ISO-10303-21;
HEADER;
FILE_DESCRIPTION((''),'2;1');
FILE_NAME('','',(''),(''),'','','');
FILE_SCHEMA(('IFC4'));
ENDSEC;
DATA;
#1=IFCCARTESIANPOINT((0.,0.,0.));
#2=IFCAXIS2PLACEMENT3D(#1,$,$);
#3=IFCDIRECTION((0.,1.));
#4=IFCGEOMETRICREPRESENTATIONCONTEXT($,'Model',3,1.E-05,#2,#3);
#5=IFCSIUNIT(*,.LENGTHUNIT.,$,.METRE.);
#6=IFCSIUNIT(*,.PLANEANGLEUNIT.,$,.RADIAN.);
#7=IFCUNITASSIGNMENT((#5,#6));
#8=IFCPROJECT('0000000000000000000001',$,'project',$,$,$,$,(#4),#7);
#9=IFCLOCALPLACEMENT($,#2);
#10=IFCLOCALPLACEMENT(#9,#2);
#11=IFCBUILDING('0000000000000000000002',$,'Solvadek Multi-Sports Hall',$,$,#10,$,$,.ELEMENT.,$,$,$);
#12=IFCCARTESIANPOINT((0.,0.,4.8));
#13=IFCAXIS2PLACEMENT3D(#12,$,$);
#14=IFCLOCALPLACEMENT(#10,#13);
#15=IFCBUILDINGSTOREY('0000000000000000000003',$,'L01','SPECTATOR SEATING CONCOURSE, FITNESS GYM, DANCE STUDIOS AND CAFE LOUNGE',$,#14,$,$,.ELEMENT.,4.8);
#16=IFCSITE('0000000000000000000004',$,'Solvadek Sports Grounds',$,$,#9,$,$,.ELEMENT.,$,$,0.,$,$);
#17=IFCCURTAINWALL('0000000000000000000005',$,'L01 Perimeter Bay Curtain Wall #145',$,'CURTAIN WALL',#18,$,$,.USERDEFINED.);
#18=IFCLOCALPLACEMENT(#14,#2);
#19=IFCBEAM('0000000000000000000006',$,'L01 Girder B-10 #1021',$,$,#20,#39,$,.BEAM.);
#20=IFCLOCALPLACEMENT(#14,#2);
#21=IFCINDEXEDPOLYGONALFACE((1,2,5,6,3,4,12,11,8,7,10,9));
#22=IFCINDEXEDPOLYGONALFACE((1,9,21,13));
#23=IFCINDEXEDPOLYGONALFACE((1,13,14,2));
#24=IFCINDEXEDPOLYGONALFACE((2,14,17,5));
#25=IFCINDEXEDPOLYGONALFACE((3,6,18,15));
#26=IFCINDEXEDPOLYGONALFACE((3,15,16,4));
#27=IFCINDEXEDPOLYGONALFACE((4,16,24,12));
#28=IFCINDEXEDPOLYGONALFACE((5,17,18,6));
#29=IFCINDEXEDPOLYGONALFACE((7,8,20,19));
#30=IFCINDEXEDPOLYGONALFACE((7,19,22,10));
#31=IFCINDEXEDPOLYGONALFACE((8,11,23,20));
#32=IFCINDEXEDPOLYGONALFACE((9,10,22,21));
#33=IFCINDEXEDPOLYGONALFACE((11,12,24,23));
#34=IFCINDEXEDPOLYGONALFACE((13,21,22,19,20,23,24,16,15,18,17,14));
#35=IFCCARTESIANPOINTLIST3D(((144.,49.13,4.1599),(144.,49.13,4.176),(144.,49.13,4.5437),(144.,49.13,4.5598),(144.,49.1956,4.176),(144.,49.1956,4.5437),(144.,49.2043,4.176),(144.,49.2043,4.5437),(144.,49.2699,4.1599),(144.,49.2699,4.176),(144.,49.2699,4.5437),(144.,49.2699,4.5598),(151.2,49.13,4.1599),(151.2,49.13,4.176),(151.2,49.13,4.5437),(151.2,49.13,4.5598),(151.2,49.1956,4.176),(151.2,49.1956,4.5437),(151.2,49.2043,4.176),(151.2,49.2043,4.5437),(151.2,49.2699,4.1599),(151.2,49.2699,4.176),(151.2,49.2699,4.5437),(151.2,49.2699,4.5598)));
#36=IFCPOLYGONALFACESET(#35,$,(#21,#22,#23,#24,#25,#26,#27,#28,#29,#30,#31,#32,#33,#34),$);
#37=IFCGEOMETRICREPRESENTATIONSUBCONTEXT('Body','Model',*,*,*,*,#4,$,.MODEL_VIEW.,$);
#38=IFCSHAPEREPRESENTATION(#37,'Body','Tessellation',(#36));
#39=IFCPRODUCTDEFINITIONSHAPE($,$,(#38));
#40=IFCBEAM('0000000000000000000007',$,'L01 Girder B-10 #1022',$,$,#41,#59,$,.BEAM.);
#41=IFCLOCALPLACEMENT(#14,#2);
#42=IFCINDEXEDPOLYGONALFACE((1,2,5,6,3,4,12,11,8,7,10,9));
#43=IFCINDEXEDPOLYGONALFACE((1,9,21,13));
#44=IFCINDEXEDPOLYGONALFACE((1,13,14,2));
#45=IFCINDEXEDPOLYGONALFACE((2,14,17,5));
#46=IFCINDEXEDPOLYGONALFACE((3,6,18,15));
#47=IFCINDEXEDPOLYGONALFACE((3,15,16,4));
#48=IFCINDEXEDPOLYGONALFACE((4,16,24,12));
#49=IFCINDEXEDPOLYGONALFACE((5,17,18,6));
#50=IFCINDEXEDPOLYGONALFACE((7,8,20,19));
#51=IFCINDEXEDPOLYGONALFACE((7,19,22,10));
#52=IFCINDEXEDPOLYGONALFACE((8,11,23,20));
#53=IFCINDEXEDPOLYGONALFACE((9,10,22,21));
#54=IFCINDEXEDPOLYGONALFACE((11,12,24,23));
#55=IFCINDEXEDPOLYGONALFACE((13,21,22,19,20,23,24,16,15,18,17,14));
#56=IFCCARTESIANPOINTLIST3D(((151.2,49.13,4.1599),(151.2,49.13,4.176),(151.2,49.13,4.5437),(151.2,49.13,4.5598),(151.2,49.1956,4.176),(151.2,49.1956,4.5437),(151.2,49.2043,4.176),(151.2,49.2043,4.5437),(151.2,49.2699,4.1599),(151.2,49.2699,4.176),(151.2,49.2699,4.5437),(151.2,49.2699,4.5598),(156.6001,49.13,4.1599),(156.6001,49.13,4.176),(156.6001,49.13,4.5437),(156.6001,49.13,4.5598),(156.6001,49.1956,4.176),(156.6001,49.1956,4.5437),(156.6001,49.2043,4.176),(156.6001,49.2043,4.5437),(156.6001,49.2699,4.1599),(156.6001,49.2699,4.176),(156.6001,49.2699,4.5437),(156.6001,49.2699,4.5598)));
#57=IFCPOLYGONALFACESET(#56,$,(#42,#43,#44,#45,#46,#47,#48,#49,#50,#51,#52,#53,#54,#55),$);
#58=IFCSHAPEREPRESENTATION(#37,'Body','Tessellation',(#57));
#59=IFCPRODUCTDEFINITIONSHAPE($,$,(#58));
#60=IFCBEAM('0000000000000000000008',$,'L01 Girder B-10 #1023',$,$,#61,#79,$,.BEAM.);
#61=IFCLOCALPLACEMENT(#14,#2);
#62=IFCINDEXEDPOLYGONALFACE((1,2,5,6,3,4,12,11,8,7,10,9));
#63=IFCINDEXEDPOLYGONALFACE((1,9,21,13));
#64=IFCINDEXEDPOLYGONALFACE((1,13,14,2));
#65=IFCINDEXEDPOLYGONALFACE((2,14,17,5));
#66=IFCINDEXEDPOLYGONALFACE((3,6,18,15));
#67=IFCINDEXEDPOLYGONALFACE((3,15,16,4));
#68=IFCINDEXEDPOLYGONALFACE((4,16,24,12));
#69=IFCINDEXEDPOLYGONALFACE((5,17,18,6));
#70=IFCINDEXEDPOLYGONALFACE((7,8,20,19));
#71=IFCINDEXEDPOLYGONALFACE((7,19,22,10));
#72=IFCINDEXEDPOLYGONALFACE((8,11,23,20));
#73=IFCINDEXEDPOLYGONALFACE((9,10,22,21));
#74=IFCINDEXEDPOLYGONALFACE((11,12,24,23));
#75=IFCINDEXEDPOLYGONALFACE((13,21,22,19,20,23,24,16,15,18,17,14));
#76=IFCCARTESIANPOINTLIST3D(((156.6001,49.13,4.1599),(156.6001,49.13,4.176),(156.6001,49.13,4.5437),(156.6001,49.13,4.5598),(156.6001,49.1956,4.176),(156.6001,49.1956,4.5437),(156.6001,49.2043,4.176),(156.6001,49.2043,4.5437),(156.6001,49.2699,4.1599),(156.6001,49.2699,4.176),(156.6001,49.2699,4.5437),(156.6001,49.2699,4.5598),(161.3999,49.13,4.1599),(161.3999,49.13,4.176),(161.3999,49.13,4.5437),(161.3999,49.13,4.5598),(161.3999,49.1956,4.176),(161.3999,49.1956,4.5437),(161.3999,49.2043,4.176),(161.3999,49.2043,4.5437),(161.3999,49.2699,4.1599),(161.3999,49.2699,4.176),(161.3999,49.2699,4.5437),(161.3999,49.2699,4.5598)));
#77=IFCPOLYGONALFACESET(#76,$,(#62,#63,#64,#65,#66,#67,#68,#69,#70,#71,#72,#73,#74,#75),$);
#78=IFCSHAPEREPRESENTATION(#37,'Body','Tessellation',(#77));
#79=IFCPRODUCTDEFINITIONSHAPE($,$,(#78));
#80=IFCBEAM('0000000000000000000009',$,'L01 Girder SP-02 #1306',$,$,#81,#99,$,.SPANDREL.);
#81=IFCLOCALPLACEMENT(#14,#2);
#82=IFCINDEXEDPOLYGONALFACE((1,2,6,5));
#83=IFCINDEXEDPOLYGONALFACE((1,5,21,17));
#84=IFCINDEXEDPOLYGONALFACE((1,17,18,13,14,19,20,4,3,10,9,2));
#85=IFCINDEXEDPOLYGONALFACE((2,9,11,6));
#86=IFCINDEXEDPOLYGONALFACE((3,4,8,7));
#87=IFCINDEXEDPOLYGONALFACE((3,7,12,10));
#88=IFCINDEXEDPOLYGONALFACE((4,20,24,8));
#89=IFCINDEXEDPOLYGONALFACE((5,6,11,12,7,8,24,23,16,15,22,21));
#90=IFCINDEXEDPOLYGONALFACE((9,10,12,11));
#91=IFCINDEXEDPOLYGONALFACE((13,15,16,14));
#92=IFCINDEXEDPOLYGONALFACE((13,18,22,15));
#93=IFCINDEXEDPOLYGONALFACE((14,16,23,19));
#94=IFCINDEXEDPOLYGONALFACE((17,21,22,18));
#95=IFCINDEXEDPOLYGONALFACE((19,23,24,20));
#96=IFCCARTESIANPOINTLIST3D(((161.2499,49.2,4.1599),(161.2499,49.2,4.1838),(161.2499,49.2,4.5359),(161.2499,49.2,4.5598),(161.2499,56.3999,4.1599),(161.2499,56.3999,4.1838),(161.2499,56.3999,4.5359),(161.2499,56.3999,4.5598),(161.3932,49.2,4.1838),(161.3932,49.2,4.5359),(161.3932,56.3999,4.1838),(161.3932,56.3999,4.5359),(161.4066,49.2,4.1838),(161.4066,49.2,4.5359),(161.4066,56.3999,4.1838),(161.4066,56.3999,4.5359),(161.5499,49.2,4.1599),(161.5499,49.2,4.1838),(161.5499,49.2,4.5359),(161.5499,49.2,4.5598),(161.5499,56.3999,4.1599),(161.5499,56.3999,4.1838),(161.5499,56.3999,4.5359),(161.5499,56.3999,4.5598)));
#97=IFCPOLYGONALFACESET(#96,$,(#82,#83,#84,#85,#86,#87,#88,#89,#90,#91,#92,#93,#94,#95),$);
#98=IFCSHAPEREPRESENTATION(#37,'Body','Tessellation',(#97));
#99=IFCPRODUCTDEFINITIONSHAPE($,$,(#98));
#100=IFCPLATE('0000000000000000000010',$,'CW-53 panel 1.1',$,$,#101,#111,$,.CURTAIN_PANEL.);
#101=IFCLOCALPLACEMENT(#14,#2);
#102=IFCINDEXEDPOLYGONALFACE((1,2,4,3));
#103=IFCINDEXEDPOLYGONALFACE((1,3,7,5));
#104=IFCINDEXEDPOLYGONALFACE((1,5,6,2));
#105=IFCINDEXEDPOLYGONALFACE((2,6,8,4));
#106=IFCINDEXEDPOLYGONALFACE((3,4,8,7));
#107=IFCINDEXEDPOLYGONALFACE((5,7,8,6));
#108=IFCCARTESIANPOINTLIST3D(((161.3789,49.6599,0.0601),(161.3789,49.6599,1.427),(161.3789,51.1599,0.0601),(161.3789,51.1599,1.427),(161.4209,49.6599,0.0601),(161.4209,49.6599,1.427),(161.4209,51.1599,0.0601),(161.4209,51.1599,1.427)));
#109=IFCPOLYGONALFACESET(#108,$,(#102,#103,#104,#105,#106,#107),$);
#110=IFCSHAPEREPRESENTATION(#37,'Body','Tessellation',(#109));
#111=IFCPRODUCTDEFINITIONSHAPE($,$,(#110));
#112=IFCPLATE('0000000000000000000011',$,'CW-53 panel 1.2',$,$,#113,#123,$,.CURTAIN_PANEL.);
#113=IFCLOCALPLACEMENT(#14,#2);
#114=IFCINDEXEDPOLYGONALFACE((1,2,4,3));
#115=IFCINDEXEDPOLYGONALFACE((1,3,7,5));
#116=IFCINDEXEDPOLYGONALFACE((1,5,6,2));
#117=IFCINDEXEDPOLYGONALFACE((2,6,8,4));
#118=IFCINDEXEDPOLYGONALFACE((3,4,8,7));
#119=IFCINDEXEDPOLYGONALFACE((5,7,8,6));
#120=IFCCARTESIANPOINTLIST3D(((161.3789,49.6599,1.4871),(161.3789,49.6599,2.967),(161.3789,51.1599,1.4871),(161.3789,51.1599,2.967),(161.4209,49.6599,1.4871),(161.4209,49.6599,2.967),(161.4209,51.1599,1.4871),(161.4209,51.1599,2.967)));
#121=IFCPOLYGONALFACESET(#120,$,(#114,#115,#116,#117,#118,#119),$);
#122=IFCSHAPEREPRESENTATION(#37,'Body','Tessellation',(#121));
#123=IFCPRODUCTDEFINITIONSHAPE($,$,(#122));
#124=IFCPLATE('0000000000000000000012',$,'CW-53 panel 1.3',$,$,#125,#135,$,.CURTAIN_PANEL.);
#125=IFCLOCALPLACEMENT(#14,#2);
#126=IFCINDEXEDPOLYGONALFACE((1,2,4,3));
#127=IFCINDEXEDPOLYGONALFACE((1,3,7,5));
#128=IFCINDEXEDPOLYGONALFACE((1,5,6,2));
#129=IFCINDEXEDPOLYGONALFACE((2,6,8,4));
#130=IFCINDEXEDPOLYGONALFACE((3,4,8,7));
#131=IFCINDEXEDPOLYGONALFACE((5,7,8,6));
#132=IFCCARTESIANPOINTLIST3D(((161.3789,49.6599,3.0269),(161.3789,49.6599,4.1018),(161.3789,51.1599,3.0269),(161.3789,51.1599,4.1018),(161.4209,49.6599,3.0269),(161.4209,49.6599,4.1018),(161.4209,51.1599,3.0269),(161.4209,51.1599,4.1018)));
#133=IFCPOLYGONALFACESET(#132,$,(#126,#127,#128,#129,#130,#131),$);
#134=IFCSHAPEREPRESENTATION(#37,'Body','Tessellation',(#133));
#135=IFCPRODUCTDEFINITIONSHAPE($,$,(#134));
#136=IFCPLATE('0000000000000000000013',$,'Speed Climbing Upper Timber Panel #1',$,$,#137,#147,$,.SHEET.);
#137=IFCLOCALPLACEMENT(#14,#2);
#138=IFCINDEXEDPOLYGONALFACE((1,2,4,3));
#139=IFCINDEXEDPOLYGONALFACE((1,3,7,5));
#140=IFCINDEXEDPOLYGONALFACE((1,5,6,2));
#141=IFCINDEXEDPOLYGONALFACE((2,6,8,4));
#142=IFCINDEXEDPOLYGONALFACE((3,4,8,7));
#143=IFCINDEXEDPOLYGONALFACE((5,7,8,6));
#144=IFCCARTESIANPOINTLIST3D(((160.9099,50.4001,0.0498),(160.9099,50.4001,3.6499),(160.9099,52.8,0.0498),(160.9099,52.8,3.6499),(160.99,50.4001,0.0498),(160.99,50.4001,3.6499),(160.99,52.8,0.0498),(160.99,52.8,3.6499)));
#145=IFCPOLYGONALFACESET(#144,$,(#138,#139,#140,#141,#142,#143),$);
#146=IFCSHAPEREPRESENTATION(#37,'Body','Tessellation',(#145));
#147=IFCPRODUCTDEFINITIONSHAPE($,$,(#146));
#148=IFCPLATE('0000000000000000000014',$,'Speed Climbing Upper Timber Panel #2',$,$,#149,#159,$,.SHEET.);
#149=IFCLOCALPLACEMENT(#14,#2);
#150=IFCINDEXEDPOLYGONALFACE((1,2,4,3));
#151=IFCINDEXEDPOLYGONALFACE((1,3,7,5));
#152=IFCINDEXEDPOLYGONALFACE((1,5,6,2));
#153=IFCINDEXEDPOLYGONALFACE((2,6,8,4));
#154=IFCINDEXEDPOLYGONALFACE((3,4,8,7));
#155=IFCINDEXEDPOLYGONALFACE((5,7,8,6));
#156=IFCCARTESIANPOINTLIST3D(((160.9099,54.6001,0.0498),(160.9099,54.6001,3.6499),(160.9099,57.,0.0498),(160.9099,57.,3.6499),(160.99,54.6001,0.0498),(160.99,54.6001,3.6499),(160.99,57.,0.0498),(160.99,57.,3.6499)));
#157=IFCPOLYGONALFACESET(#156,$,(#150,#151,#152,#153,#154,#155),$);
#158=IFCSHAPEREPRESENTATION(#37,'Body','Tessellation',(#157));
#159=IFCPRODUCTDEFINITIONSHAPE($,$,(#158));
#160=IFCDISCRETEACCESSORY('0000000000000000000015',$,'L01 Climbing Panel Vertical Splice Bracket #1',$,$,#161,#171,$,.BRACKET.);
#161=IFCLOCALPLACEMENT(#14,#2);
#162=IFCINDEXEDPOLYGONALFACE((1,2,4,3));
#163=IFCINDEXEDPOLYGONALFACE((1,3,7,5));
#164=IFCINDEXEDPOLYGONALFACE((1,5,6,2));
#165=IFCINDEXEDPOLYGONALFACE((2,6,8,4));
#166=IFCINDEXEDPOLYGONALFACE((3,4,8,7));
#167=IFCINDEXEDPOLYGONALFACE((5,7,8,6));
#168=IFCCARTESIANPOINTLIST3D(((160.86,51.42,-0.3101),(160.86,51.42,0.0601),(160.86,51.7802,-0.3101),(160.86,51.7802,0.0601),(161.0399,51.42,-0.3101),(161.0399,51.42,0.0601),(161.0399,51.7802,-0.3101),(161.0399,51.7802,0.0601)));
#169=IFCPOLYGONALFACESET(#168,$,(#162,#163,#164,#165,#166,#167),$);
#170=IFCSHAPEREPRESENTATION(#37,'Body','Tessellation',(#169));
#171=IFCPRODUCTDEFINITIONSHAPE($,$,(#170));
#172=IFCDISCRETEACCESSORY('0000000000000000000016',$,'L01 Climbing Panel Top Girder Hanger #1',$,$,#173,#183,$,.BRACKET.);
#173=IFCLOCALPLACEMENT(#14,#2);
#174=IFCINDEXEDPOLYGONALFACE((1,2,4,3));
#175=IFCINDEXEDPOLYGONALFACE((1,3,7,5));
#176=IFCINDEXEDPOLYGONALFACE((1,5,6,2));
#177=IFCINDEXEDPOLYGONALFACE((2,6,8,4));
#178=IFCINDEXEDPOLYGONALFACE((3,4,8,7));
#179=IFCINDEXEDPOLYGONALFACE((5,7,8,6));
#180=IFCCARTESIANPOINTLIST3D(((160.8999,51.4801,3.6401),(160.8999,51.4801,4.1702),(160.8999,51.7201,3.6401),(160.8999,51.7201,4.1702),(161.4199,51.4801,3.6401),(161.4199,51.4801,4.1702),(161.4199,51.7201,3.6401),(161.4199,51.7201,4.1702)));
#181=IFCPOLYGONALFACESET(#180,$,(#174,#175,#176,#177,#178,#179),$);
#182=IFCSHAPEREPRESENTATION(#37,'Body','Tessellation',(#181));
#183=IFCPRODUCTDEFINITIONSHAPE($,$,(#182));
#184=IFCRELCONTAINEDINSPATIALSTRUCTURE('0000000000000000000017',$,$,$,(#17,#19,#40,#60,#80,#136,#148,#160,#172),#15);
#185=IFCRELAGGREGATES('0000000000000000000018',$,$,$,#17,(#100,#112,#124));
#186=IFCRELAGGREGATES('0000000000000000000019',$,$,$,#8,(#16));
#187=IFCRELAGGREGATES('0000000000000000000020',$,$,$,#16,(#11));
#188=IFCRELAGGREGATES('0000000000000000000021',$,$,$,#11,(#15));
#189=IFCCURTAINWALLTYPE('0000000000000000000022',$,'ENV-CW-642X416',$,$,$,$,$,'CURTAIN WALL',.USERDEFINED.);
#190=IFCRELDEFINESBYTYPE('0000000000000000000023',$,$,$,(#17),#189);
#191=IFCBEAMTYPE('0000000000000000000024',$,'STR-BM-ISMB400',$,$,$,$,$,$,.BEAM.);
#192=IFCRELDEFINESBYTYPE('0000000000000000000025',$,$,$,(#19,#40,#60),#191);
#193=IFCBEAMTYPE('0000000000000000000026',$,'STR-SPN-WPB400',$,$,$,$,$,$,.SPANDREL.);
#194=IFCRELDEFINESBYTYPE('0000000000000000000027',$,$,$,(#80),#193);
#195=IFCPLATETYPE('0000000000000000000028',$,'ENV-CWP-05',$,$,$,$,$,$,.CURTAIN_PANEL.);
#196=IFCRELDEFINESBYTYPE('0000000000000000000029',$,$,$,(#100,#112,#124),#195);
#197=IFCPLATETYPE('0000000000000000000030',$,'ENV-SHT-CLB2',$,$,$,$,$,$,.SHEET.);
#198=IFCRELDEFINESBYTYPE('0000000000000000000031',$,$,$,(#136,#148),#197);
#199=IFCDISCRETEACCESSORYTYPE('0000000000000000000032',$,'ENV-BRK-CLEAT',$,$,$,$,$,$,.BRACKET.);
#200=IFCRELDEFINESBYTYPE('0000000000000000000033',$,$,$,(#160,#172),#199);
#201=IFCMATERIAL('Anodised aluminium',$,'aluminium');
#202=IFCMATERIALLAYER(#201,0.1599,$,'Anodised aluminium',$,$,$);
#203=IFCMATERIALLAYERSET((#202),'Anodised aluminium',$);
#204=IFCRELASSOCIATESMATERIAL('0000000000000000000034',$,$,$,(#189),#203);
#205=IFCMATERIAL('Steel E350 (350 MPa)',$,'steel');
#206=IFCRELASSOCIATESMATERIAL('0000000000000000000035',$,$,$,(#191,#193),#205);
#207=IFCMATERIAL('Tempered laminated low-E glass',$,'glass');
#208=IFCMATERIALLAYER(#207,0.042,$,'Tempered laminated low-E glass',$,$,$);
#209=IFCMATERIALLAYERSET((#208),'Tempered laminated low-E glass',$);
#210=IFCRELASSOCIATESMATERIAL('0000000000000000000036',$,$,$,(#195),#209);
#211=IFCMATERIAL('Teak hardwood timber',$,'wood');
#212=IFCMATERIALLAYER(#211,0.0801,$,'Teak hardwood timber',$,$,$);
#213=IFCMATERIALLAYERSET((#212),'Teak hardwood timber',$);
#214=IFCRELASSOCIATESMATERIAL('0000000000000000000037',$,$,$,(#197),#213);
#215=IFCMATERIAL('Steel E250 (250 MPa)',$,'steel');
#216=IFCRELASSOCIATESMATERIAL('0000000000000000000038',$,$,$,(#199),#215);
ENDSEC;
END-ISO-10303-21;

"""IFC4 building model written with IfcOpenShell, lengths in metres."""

from ifc_helpers import new_model, si_unit, direction, frame, origin, origin_2d, place, context, subcontext, project, spatial, rectangle, i_section, extrude, material, layer, layer_set, material_profile, profile_set, type_object, element, aggregate, save


model = new_model("IFC4")

# Units and contexts
model_context = context("Model", 3, precision=1e-05, world=origin(), true_north=direction((0.0, 1.0)))
body_context = subcontext(model_context, "Body", "Model", "MODEL_VIEW")
ifc_project = project(units=[si_unit("LENGTHUNIT", "METRE"), si_unit("PLANEANGLEUNIT", "RADIAN")], contexts=[model_context])

# Site, building, storey
site_placement = place(None, origin())
site = spatial("IfcSite", under=ifc_project, at=site_placement, Name="Solvadek Sports Grounds", CompositionType="ELEMENT", RefElevation=0.0)
building_placement = place(site_placement, origin())
building = spatial("IfcBuilding", under=site, at=building_placement, Name="Solvadek Multi-Sports Hall", CompositionType="ELEMENT")
storey_placement = place(building_placement, frame((0.0, 0.0, 4.8)))
storey = spatial("IfcBuildingStorey", under=building, at=storey_placement, Name="L01", Description="SPECTATOR SEATING CONCOURSE, FITNESS GYM, DANCE STUDIOS AND CAFE LOUNGE", CompositionType="ELEMENT", Elevation=4.8)

# Shared definitions
ifc_material_1 = material(Name="Steel E350 (350 MPa)", Category="steel")

# Curtain wall
ifc_material_2 = material(Name="Anodised aluminium", Category="aluminium")
ifc_layer_1 = layer(ifc_material_2, 0.1599, Name="Anodised aluminium")
ifc_layer_set_1 = layer_set([ifc_layer_1], Name="Anodised aluminium")
curtain_wall_type = type_object("IfcCurtainWallType", Name="ENV-CW-642X416", ElementType="CURTAIN WALL", PredefinedType="USERDEFINED", material=ifc_layer_set_1)
curtain_wall_placement = place(storey_placement, origin())
curtain_wall = element("IfcCurtainWall", 1, at=curtain_wall_placement, inside=storey, type_object=curtain_wall_type, Name="L01 Perimeter Bay Curtain Wall #145", ObjectType="CURTAIN WALL", PredefinedType="USERDEFINED")

# Beams
ifc_material_profile_1 = material_profile(ifc_material_1, i_section(OverallWidth=0.1399, OverallDepth=0.3999, WebThickness=0.0088, FlangeThickness=0.0161, at=origin_2d()), Name="ISMB 400")
ifc_profile_set_1 = profile_set([ifc_material_profile_1], Name="Steel E350 (350 MPa)")
beam_type_1 = type_object("IfcBeamType", Name="STR-BM-ISMB400", PredefinedType="BEAM", material=ifc_profile_set_1)
beam_1_placement = place(storey_placement, frame((144.0, 49.2, 4.3599), z_axis=(1.0, 0.0, 0.0), x_axis=(0.0, 1.0, 0.0)))
element("IfcBeam", 2, at=beam_1_placement, inside=storey, type_object=beam_type_1, Name="L01 Girder B-10 #1021", PredefinedType="BEAM", context=body_context, shape_type="SweptSolid", body=[
    extrude(i_section(OverallWidth=0.1399, OverallDepth=0.3999, WebThickness=0.0088, FlangeThickness=0.0161, at=origin_2d()), origin(), (0.0, 0.0, 1.0), 7.2),
])
beam_2_placement = place(storey_placement, frame((151.2, 49.2, 4.3599), z_axis=(1.0, 0.0, 0.0), x_axis=(0.0, 1.0, 0.0)))
element("IfcBeam", 3, at=beam_2_placement, inside=storey, type_object=beam_type_1, Name="L01 Girder B-10 #1022", PredefinedType="BEAM", context=body_context, shape_type="SweptSolid", body=[
    extrude(i_section(OverallWidth=0.1399, OverallDepth=0.3999, WebThickness=0.0088, FlangeThickness=0.0161, at=origin_2d()), origin(), (0.0, 0.0, 1.0), 5.4001),
])
beam_3_placement = place(storey_placement, frame((156.6001, 49.2, 4.3599), z_axis=(1.0, 0.0, 0.0), x_axis=(0.0, 1.0, 0.0)))
element("IfcBeam", 4, at=beam_3_placement, inside=storey, type_object=beam_type_1, Name="L01 Girder B-10 #1023", PredefinedType="BEAM", context=body_context, shape_type="SweptSolid", body=[
    extrude(i_section(OverallWidth=0.1399, OverallDepth=0.3999, WebThickness=0.0088, FlangeThickness=0.0161, at=origin_2d()), origin(), (0.0, 0.0, 1.0), 4.7998),
])
ifc_material_profile_2 = material_profile(ifc_material_1, i_section(OverallWidth=0.3, OverallDepth=0.3999, WebThickness=0.0134, FlangeThickness=0.0239, at=origin_2d()), Name="WPB 400")
ifc_profile_set_2 = profile_set([ifc_material_profile_2], Name="Steel E350 (350 MPa)")
beam_type_2 = type_object("IfcBeamType", Name="STR-SPN-WPB400", PredefinedType="SPANDREL", material=ifc_profile_set_2)
beam_4_placement = place(storey_placement, frame((161.3999, 49.2, 4.3599), z_axis=(0.0, 1.0, 0.0), x_axis=(-1.0, 0.0, 0.0)))
element("IfcBeam", 5, at=beam_4_placement, inside=storey, type_object=beam_type_2, Name="L01 Girder SP-02 #1306", PredefinedType="SPANDREL", context=body_context, shape_type="SweptSolid", body=[
    extrude(i_section(OverallWidth=0.3, OverallDepth=0.3999, WebThickness=0.0134, FlangeThickness=0.0239, at=origin_2d()), origin(), (0.0, 0.0, 1.0), 7.2),
])

# Plates
ifc_material_3 = material(Name="Tempered laminated low-E glass", Category="glass")
ifc_layer_2 = layer(ifc_material_3, 0.042, Name="Tempered laminated low-E glass")
ifc_layer_set_2 = layer_set([ifc_layer_2], Name="Tempered laminated low-E glass")
plate_type_1 = type_object("IfcPlateType", Name="ENV-CWP-05", PredefinedType="CURTAIN_PANEL", material=ifc_layer_set_2)
plate_1_placement = place(storey_placement, frame((161.3999, 50.4099, 0.0601), z_axis=(0.0, 0.0, 1.0), x_axis=(0.0, 1.0, 0.0)))
plate_1 = element("IfcPlate", 6, at=plate_1_placement, type_object=plate_type_1, Name="CW-53 panel 1.1", PredefinedType="CURTAIN_PANEL", context=body_context, shape_type="SweptSolid", body=[
    extrude(rectangle(XDim=1.5, YDim=0.042, at=origin_2d()), origin(), (0.0, 0.0, 1.0), 1.3669),
])
plate_2_placement = place(storey_placement, frame((161.3999, 50.4099, 1.4871), z_axis=(0.0, 0.0, 1.0), x_axis=(0.0, 1.0, 0.0)))
plate_2 = element("IfcPlate", 7, at=plate_2_placement, type_object=plate_type_1, Name="CW-53 panel 1.2", PredefinedType="CURTAIN_PANEL", context=body_context, shape_type="SweptSolid", body=[
    extrude(rectangle(XDim=1.5, YDim=0.042, at=origin_2d()), origin(), (0.0, 0.0, 1.0), 1.48),
])
plate_3_placement = place(storey_placement, frame((161.3999, 50.4099, 3.0269), z_axis=(0.0, 0.0, 1.0), x_axis=(0.0, 1.0, 0.0)))
plate_3 = element("IfcPlate", 8, at=plate_3_placement, type_object=plate_type_1, Name="CW-53 panel 1.3", PredefinedType="CURTAIN_PANEL", context=body_context, shape_type="SweptSolid", body=[
    extrude(rectangle(XDim=1.5, YDim=0.042, at=origin_2d()), origin(), (0.0, 0.0, 1.0), 1.075),
])
aggregate(curtain_wall, [plate_1, plate_2, plate_3])

# Plates
ifc_material_4 = material(Name="Teak hardwood timber", Category="wood")
ifc_layer_3 = layer(ifc_material_4, 0.0801, Name="Teak hardwood timber")
ifc_layer_set_3 = layer_set([ifc_layer_3], Name="Teak hardwood timber")
plate_type_2 = type_object("IfcPlateType", Name="ENV-SHT-CLB2", PredefinedType="SHEET", material=ifc_layer_set_3)
for number, where, z_axis, x_axis, name in (
    (9, (160.95, 51.6001, 0.0498), (0.0, 0.0, 1.0), (0.0, 1.0, 0.0), "Speed Climbing Upper Timber Panel #1"),
    (10, (160.95, 55.8, 0.0498), (0.0, 0.0, 1.0), (0.0, 1.0, 0.0), "Speed Climbing Upper Timber Panel #2"),
):
    element("IfcPlate", number, at=place(storey_placement, frame(where, z_axis=z_axis, x_axis=x_axis)), inside=storey, type_object=plate_type_2, Name=name, PredefinedType="SHEET", context=body_context, shape_type="SweptSolid", body=[
        extrude(rectangle(XDim=2.3999, YDim=0.0801, at=origin_2d()), origin(), (0.0, 0.0, 1.0), 3.6001),
    ])

# Shared definitions
ifc_material_5 = material(Name="Steel E250 (250 MPa)", Category="steel")

# Discrete accessories
discrete_accessory_type = type_object("IfcDiscreteAccessoryType", Name="ENV-BRK-CLEAT", PredefinedType="BRACKET", material=ifc_material_5)
discrete_accessory_1_placement = place(storey_placement, frame((160.95, 51.6001, -0.3101), z_axis=(0.0, 0.0, 1.0), x_axis=(1.0, 0.0, 0.0)))
element("IfcDiscreteAccessory", 11, at=discrete_accessory_1_placement, inside=storey, type_object=discrete_accessory_type, Name="L01 Climbing Panel Vertical Splice Bracket #1", PredefinedType="BRACKET", context=body_context, shape_type="SweptSolid", body=[
    extrude(rectangle(XDim=0.1799, YDim=0.3601, at=origin_2d()), origin(), (0.0, 0.0, 1.0), 0.3701),
])
discrete_accessory_2_placement = place(storey_placement, frame((161.1599, 51.6001, 3.6401), z_axis=(0.0, 0.0, 1.0), x_axis=(1.0, 0.0, 0.0)))
element("IfcDiscreteAccessory", 12, at=discrete_accessory_2_placement, inside=storey, type_object=discrete_accessory_type, Name="L01 Climbing Panel Top Girder Hanger #1", PredefinedType="BRACKET", context=body_context, shape_type="SweptSolid", body=[
    extrude(rectangle(XDim=0.52, YDim=0.24, at=origin_2d()), origin(), (0.0, 0.0, 1.0), 0.53),
])

save(model, "model.ifc")
